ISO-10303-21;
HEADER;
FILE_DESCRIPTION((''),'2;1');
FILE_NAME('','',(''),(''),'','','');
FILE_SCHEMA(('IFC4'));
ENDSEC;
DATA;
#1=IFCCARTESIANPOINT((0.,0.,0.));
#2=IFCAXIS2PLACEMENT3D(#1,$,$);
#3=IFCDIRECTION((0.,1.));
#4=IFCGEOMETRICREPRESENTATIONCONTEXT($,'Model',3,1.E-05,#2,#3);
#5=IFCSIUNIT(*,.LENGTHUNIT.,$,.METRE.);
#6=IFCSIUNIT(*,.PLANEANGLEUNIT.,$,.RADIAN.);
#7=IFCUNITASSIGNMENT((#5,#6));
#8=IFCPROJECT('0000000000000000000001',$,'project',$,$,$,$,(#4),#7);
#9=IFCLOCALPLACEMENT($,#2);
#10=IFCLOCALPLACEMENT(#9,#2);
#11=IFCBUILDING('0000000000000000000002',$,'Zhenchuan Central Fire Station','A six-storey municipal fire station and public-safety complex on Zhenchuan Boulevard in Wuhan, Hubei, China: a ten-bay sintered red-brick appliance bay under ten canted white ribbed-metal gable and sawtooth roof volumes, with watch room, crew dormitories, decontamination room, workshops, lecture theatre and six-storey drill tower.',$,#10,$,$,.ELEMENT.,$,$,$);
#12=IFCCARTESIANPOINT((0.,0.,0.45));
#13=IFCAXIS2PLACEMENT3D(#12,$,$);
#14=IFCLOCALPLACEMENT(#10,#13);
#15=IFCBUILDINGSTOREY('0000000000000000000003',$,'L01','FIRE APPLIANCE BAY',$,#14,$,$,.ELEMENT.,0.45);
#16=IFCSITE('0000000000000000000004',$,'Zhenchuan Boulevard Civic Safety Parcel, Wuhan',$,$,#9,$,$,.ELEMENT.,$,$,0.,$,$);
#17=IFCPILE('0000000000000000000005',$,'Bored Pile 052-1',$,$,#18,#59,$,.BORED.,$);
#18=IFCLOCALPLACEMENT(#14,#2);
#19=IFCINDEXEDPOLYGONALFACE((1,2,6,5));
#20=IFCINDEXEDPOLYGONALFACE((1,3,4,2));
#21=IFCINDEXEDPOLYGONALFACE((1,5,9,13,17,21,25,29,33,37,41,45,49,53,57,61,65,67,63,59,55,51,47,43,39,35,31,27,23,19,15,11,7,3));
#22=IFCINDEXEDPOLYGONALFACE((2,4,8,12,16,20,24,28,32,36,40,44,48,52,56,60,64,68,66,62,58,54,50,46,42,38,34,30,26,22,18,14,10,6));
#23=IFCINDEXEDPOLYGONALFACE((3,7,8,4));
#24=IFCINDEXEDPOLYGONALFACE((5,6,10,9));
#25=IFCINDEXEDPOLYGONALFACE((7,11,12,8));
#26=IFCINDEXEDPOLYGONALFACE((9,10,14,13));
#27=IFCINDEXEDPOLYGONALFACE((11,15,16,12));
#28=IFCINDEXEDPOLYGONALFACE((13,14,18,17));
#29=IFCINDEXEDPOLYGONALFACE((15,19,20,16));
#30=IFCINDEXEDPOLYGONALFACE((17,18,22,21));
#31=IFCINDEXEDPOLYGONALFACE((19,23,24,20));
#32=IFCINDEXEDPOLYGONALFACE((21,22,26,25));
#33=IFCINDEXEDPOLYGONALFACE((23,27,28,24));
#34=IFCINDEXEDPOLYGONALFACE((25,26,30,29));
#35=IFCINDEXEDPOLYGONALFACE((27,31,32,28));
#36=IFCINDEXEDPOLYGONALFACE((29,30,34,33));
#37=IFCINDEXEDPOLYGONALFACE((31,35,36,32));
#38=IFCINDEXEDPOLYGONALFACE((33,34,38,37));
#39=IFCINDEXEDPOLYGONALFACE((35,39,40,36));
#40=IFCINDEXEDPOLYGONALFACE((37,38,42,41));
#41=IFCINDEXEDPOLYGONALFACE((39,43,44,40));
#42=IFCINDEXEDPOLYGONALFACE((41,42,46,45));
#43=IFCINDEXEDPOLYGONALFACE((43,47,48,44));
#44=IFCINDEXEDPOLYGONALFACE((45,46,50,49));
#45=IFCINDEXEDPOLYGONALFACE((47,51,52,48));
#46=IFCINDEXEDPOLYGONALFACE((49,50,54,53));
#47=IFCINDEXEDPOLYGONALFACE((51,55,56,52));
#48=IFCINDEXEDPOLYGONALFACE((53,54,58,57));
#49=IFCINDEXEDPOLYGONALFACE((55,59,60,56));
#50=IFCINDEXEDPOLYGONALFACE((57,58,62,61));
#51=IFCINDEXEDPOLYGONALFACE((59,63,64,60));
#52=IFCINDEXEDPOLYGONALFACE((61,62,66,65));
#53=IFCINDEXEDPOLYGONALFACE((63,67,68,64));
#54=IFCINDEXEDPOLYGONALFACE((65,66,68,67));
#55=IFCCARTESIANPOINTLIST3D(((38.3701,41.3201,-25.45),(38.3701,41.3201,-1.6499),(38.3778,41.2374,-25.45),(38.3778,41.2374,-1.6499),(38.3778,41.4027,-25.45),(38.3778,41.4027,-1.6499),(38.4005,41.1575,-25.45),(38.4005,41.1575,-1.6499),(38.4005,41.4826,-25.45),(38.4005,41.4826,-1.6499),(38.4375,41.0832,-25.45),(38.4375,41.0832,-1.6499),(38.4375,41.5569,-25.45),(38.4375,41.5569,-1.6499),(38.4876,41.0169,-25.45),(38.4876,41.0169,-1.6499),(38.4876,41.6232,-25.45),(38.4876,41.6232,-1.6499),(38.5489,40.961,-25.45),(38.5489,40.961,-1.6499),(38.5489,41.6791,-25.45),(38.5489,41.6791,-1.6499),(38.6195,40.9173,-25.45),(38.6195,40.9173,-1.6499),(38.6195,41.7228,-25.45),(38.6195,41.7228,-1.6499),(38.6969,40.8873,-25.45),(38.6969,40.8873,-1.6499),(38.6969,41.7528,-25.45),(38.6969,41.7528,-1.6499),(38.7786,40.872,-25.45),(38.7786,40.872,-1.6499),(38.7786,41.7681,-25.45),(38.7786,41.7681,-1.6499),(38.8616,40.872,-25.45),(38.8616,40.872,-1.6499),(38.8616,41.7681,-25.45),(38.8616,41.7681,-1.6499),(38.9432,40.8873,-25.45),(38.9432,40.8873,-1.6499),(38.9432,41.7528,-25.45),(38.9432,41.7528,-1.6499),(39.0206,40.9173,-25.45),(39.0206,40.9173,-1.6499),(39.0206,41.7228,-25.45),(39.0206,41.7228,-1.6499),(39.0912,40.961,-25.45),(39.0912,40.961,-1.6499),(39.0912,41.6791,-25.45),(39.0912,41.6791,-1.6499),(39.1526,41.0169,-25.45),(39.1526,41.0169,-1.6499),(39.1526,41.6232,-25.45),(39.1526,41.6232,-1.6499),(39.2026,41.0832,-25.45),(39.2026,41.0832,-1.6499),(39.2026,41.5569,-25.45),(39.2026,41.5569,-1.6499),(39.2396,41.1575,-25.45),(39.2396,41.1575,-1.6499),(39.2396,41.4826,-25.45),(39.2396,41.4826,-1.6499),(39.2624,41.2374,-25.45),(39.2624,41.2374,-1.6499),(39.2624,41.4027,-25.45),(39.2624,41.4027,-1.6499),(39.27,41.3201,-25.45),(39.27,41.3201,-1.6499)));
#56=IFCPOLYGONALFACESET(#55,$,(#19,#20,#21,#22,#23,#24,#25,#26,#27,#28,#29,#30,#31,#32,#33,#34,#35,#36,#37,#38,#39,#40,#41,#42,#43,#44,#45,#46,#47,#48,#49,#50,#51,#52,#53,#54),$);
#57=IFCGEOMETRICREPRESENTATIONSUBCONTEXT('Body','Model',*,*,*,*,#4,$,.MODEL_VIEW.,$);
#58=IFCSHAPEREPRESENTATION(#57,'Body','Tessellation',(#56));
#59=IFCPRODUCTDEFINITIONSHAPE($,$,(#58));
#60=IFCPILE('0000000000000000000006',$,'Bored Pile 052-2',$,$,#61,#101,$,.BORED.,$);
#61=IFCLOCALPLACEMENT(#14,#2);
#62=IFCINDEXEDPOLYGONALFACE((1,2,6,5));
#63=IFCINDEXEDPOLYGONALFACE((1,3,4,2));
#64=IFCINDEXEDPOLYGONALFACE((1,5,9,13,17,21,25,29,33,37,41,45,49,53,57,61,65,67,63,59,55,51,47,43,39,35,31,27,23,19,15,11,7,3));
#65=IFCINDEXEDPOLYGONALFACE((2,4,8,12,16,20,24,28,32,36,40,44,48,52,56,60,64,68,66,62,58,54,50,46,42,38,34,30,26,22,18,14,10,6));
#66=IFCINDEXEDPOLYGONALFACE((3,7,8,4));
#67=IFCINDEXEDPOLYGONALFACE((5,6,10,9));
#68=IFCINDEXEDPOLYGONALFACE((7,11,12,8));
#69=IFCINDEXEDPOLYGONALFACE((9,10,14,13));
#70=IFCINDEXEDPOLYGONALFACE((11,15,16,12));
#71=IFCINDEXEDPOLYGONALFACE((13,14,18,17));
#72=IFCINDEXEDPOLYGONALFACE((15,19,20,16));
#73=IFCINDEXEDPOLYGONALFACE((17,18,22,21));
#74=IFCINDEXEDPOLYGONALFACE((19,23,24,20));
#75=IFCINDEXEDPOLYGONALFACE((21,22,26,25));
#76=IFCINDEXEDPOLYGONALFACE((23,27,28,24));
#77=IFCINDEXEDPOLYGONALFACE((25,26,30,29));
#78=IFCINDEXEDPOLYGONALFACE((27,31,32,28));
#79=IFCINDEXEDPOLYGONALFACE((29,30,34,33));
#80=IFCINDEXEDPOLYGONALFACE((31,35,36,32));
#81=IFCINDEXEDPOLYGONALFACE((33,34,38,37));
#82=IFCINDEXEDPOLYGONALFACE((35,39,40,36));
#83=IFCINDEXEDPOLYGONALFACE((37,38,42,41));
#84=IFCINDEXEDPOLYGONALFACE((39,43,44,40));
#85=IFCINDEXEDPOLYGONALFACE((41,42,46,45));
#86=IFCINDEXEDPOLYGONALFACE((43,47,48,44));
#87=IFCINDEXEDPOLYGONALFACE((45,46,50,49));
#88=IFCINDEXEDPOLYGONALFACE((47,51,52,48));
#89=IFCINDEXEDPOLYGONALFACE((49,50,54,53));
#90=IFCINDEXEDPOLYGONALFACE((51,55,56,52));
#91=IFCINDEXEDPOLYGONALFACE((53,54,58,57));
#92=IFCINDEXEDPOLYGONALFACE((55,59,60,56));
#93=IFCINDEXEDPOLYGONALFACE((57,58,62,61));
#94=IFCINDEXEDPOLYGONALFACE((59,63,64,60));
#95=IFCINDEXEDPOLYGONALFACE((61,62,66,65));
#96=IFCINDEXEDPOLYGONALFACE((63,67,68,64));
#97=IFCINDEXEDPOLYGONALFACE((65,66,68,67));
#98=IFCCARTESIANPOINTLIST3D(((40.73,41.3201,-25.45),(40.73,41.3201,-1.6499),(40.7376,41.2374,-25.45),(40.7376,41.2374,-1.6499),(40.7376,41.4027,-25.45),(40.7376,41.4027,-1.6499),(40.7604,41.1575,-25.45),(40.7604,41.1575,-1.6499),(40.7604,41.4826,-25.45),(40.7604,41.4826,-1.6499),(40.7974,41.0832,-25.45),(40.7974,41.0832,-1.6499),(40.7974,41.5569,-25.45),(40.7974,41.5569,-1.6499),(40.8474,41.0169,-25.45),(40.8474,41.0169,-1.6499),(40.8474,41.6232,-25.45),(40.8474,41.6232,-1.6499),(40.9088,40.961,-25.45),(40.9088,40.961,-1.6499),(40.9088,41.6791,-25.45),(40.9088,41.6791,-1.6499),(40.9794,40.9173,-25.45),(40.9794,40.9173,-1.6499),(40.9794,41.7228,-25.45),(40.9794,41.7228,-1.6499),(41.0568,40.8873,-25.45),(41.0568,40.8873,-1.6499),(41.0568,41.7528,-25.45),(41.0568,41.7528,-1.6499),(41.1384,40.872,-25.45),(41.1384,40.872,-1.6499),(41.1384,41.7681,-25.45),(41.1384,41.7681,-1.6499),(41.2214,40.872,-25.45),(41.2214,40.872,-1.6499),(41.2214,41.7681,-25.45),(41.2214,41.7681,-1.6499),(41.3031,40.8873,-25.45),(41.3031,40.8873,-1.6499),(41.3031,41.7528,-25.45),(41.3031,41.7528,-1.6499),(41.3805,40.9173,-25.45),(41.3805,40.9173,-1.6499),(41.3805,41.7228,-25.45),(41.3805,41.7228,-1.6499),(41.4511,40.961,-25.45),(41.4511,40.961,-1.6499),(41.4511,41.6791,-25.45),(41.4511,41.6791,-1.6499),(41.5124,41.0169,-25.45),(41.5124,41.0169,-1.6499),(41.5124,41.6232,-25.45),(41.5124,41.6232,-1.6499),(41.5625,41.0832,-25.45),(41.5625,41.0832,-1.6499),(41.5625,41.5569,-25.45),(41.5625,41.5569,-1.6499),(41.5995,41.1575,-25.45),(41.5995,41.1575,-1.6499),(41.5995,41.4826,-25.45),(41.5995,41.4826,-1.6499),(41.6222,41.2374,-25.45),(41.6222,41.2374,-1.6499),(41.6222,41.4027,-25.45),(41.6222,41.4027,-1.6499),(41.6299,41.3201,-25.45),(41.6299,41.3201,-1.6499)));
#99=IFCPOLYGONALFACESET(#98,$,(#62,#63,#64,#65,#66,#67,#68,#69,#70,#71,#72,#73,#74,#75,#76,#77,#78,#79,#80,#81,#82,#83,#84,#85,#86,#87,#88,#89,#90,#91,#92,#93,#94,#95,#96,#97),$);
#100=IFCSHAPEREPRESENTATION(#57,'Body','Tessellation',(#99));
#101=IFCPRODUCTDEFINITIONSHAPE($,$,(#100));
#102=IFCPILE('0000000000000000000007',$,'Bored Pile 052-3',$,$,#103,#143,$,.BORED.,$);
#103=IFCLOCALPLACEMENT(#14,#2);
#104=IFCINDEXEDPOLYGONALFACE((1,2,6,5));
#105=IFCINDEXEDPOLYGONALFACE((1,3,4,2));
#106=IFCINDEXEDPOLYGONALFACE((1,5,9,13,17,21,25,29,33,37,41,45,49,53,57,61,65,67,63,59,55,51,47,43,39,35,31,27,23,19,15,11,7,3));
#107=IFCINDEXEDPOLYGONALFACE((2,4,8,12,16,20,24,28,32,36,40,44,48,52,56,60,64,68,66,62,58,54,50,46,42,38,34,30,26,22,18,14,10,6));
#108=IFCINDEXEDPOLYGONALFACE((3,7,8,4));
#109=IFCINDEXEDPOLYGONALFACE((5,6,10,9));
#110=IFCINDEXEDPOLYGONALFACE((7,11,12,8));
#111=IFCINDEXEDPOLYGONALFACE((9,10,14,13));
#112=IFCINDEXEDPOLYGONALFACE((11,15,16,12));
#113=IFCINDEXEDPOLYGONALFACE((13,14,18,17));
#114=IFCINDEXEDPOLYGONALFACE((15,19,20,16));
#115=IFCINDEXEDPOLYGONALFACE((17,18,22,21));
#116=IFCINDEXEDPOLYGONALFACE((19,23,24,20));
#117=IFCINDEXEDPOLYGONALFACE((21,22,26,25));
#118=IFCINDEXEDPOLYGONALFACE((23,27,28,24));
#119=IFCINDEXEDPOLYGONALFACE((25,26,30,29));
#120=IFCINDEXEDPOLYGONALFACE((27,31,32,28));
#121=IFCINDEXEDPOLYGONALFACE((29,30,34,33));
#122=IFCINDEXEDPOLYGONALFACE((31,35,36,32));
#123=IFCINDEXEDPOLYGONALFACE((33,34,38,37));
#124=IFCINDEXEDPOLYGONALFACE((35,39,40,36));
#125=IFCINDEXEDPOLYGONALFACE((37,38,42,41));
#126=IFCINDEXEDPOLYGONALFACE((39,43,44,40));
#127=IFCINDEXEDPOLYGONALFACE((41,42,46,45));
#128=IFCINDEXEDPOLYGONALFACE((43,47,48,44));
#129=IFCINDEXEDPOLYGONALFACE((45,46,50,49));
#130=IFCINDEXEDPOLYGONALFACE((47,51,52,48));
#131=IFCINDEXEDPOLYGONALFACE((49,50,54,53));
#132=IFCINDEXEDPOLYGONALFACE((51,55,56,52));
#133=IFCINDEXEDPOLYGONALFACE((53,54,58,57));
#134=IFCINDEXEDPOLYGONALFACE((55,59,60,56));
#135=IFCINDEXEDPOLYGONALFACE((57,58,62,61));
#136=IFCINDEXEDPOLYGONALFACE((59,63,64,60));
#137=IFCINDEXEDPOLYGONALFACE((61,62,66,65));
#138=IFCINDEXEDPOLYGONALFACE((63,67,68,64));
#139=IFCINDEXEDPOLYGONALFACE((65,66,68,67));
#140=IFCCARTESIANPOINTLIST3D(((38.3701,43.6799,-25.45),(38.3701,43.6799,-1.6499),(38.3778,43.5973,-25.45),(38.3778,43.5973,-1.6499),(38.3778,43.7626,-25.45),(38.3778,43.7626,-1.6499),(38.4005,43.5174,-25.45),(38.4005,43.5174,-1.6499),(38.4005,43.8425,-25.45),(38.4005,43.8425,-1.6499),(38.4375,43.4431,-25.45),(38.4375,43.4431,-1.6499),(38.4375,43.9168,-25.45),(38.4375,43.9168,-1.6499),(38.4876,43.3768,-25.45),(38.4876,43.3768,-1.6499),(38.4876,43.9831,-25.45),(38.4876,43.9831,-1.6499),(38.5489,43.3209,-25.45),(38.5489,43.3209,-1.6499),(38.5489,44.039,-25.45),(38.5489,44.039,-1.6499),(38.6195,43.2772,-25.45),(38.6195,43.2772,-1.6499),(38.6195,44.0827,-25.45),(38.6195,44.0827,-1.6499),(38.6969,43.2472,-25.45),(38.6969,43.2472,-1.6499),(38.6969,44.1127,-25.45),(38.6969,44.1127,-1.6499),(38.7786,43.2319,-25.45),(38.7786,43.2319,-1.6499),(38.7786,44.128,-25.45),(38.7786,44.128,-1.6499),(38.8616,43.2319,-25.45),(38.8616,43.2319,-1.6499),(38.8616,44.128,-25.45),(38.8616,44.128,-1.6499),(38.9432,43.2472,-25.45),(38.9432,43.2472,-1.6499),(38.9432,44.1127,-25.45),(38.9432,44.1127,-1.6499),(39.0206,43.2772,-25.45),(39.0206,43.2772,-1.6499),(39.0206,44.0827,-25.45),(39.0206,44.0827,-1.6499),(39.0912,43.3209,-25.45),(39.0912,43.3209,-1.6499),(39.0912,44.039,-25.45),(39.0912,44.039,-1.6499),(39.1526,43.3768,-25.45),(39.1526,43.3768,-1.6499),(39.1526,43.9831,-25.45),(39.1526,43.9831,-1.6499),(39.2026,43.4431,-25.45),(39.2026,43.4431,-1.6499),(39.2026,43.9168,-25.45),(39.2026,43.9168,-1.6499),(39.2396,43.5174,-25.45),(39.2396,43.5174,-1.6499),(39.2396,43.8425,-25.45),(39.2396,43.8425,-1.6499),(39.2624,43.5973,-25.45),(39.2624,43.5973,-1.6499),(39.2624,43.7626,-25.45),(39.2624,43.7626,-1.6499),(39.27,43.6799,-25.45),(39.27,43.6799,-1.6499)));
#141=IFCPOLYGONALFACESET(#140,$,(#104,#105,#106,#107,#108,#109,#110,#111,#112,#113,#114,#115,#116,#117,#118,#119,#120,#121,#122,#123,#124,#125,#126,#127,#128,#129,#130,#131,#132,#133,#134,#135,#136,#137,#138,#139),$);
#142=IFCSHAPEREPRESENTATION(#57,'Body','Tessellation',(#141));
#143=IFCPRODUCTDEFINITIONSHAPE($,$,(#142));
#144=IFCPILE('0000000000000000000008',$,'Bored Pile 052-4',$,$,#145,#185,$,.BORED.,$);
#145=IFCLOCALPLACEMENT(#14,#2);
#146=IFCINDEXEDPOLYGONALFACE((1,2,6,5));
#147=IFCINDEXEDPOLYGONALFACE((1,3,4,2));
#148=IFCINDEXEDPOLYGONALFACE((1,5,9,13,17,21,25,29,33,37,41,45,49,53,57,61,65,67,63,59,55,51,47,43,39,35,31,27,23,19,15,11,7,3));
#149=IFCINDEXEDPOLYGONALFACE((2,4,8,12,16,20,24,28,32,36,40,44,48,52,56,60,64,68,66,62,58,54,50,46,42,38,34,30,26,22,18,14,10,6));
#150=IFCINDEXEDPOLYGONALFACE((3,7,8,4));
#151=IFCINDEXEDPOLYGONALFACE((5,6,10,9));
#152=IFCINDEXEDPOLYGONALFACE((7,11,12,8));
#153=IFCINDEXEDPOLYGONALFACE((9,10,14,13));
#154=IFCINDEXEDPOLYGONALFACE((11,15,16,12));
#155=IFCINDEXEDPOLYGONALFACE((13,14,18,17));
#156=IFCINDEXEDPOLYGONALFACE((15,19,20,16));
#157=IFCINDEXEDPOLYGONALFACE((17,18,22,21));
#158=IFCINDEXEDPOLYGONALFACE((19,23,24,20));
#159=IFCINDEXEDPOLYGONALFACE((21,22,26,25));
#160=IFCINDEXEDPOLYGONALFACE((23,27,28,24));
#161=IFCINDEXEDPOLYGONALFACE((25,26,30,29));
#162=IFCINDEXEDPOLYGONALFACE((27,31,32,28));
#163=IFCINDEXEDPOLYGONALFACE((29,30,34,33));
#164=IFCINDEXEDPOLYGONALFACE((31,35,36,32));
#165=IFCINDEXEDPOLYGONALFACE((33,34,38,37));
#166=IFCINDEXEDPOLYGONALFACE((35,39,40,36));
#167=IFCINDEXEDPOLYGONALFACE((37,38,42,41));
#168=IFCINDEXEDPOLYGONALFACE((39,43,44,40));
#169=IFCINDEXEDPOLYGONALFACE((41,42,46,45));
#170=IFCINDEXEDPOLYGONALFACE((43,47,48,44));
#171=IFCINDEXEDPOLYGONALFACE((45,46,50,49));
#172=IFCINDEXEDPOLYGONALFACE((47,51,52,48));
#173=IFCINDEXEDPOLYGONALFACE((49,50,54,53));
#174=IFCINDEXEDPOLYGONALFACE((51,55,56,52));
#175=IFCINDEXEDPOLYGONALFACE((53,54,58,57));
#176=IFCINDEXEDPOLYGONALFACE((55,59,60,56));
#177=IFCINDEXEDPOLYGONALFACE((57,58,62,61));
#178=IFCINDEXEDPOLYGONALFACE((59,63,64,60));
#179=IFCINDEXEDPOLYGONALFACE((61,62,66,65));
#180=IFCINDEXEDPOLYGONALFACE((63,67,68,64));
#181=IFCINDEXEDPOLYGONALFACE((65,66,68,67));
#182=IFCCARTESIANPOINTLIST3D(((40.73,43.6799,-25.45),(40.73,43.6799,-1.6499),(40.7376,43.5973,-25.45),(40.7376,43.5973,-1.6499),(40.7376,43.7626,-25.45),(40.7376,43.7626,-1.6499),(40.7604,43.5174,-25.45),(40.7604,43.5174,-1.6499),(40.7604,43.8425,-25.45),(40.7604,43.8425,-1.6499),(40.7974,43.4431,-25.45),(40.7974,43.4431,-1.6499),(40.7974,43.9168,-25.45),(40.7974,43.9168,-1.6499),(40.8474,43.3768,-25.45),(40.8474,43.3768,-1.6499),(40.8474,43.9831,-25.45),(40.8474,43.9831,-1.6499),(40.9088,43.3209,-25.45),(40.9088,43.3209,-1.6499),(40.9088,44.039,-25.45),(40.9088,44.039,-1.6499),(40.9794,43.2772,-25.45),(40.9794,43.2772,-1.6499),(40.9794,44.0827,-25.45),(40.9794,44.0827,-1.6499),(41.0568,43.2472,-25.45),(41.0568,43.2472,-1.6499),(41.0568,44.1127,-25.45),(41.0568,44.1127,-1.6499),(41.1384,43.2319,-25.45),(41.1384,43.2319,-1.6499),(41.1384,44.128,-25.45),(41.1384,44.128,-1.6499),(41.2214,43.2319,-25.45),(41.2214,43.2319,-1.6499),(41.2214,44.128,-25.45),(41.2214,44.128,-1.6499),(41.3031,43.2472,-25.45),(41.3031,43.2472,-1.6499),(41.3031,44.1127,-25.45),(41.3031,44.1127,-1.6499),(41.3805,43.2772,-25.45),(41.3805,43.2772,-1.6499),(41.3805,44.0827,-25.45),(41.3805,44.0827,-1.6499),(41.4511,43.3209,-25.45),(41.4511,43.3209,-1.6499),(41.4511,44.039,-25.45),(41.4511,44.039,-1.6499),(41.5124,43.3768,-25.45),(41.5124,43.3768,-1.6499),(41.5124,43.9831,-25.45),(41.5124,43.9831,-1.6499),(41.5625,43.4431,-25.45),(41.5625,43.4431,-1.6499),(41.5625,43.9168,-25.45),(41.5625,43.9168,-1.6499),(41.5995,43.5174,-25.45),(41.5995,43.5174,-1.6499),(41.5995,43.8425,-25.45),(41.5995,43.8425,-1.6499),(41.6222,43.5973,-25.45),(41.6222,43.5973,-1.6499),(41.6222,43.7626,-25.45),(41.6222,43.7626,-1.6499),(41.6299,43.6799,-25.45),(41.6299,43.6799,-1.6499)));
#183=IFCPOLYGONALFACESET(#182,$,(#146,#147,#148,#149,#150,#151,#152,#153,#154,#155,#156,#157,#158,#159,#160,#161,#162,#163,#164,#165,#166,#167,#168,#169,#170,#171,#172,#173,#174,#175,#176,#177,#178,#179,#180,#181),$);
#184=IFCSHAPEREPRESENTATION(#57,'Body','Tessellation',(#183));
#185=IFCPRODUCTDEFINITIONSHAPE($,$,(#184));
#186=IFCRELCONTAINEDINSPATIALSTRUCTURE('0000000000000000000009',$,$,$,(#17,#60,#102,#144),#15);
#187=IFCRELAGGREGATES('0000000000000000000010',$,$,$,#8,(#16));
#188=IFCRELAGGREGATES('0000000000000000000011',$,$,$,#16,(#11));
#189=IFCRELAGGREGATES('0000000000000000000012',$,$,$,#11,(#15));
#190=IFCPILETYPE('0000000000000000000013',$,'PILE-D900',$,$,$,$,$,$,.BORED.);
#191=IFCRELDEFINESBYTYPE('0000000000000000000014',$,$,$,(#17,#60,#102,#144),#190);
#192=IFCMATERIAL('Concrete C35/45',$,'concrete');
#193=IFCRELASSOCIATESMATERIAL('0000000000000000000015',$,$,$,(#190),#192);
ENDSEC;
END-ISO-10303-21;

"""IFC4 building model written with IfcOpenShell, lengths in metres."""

from ifc_helpers import new_model, si_unit, direction, frame, origin, origin_2d, place, context, subcontext, project, spatial, circle, extrude, material, material_profile, profile_set, type_object, element, save


model = new_model("IFC4")

# Units and contexts
model_context = context("Model", 3, precision=1e-05, world=origin(), true_north=direction((0.0, 1.0)))
body_context = subcontext(model_context, "Body", "Model", "MODEL_VIEW")
ifc_project = project(units=[si_unit("LENGTHUNIT", "METRE"), si_unit("PLANEANGLEUNIT", "RADIAN")], contexts=[model_context])

# Site, building, storey
site_placement = place(None, origin())
site = spatial("IfcSite", under=ifc_project, at=site_placement, Name="Zhenchuan Boulevard Civic Safety Parcel, Wuhan", CompositionType="ELEMENT", RefElevation=0.0)
building_placement = place(site_placement, origin())
building = spatial("IfcBuilding", under=site, at=building_placement, Name="Zhenchuan Central Fire Station", Description="A six-storey municipal fire station and public-safety complex on Zhenchuan Boulevard in Wuhan, Hubei, China: a ten-bay sintered red-brick appliance bay under ten canted white ribbed-metal gable and sawtooth roof volumes, with watch room, crew dormitories, decontamination room, workshops, lecture theatre and six-storey drill tower.", CompositionType="ELEMENT")
storey_placement = place(building_placement, frame((0.0, 0.0, 0.45)))
storey = spatial("IfcBuildingStorey", under=building, at=storey_placement, Name="L01", Description="FIRE APPLIANCE BAY", CompositionType="ELEMENT", Elevation=0.45)

# Piles
ifc_material_1 = material(Name="Concrete C35/45", Category="concrete")
ifc_material_profile_1 = material_profile(ifc_material_1, circle(Radius=0.45, at=origin_2d()), Name="PILE D900")
ifc_profile_set_1 = profile_set([ifc_material_profile_1], Name="Concrete C35/45")
pile_type_1 = type_object("IfcPileType", Name="PILE-D900", PredefinedType="BORED", material=ifc_profile_set_1)
for number, where, z_axis, x_axis, name in (
    (1, (38.8201, 41.3201, -1.6499), (0.0, 0.0, -1.0), (1.0, 0.0, 0.0), "Bored Pile 052-1"),
    (2, (41.1799, 41.3201, -1.6499), (0.0, 0.0, -1.0), (1.0, 0.0, 0.0), "Bored Pile 052-2"),
    (3, (38.8201, 43.6799, -1.6499), (0.0, 0.0, -1.0), (1.0, 0.0, 0.0), "Bored Pile 052-3"),
    (4, (41.1799, 43.6799, -1.6499), (0.0, 0.0, -1.0), (1.0, 0.0, 0.0), "Bored Pile 052-4"),
):
    element("IfcPile", number, at=place(storey_placement, frame(where, z_axis=z_axis, x_axis=x_axis)), inside=storey, type_object=pile_type_1, Name=name, PredefinedType="BORED", context=body_context, shape_type="SweptSolid", body=[
        extrude(circle(Radius=0.45, at=origin_2d()), origin(), (0.0, 0.0, 1.0), 23.8),
    ])

save(model, "model.ifc")
